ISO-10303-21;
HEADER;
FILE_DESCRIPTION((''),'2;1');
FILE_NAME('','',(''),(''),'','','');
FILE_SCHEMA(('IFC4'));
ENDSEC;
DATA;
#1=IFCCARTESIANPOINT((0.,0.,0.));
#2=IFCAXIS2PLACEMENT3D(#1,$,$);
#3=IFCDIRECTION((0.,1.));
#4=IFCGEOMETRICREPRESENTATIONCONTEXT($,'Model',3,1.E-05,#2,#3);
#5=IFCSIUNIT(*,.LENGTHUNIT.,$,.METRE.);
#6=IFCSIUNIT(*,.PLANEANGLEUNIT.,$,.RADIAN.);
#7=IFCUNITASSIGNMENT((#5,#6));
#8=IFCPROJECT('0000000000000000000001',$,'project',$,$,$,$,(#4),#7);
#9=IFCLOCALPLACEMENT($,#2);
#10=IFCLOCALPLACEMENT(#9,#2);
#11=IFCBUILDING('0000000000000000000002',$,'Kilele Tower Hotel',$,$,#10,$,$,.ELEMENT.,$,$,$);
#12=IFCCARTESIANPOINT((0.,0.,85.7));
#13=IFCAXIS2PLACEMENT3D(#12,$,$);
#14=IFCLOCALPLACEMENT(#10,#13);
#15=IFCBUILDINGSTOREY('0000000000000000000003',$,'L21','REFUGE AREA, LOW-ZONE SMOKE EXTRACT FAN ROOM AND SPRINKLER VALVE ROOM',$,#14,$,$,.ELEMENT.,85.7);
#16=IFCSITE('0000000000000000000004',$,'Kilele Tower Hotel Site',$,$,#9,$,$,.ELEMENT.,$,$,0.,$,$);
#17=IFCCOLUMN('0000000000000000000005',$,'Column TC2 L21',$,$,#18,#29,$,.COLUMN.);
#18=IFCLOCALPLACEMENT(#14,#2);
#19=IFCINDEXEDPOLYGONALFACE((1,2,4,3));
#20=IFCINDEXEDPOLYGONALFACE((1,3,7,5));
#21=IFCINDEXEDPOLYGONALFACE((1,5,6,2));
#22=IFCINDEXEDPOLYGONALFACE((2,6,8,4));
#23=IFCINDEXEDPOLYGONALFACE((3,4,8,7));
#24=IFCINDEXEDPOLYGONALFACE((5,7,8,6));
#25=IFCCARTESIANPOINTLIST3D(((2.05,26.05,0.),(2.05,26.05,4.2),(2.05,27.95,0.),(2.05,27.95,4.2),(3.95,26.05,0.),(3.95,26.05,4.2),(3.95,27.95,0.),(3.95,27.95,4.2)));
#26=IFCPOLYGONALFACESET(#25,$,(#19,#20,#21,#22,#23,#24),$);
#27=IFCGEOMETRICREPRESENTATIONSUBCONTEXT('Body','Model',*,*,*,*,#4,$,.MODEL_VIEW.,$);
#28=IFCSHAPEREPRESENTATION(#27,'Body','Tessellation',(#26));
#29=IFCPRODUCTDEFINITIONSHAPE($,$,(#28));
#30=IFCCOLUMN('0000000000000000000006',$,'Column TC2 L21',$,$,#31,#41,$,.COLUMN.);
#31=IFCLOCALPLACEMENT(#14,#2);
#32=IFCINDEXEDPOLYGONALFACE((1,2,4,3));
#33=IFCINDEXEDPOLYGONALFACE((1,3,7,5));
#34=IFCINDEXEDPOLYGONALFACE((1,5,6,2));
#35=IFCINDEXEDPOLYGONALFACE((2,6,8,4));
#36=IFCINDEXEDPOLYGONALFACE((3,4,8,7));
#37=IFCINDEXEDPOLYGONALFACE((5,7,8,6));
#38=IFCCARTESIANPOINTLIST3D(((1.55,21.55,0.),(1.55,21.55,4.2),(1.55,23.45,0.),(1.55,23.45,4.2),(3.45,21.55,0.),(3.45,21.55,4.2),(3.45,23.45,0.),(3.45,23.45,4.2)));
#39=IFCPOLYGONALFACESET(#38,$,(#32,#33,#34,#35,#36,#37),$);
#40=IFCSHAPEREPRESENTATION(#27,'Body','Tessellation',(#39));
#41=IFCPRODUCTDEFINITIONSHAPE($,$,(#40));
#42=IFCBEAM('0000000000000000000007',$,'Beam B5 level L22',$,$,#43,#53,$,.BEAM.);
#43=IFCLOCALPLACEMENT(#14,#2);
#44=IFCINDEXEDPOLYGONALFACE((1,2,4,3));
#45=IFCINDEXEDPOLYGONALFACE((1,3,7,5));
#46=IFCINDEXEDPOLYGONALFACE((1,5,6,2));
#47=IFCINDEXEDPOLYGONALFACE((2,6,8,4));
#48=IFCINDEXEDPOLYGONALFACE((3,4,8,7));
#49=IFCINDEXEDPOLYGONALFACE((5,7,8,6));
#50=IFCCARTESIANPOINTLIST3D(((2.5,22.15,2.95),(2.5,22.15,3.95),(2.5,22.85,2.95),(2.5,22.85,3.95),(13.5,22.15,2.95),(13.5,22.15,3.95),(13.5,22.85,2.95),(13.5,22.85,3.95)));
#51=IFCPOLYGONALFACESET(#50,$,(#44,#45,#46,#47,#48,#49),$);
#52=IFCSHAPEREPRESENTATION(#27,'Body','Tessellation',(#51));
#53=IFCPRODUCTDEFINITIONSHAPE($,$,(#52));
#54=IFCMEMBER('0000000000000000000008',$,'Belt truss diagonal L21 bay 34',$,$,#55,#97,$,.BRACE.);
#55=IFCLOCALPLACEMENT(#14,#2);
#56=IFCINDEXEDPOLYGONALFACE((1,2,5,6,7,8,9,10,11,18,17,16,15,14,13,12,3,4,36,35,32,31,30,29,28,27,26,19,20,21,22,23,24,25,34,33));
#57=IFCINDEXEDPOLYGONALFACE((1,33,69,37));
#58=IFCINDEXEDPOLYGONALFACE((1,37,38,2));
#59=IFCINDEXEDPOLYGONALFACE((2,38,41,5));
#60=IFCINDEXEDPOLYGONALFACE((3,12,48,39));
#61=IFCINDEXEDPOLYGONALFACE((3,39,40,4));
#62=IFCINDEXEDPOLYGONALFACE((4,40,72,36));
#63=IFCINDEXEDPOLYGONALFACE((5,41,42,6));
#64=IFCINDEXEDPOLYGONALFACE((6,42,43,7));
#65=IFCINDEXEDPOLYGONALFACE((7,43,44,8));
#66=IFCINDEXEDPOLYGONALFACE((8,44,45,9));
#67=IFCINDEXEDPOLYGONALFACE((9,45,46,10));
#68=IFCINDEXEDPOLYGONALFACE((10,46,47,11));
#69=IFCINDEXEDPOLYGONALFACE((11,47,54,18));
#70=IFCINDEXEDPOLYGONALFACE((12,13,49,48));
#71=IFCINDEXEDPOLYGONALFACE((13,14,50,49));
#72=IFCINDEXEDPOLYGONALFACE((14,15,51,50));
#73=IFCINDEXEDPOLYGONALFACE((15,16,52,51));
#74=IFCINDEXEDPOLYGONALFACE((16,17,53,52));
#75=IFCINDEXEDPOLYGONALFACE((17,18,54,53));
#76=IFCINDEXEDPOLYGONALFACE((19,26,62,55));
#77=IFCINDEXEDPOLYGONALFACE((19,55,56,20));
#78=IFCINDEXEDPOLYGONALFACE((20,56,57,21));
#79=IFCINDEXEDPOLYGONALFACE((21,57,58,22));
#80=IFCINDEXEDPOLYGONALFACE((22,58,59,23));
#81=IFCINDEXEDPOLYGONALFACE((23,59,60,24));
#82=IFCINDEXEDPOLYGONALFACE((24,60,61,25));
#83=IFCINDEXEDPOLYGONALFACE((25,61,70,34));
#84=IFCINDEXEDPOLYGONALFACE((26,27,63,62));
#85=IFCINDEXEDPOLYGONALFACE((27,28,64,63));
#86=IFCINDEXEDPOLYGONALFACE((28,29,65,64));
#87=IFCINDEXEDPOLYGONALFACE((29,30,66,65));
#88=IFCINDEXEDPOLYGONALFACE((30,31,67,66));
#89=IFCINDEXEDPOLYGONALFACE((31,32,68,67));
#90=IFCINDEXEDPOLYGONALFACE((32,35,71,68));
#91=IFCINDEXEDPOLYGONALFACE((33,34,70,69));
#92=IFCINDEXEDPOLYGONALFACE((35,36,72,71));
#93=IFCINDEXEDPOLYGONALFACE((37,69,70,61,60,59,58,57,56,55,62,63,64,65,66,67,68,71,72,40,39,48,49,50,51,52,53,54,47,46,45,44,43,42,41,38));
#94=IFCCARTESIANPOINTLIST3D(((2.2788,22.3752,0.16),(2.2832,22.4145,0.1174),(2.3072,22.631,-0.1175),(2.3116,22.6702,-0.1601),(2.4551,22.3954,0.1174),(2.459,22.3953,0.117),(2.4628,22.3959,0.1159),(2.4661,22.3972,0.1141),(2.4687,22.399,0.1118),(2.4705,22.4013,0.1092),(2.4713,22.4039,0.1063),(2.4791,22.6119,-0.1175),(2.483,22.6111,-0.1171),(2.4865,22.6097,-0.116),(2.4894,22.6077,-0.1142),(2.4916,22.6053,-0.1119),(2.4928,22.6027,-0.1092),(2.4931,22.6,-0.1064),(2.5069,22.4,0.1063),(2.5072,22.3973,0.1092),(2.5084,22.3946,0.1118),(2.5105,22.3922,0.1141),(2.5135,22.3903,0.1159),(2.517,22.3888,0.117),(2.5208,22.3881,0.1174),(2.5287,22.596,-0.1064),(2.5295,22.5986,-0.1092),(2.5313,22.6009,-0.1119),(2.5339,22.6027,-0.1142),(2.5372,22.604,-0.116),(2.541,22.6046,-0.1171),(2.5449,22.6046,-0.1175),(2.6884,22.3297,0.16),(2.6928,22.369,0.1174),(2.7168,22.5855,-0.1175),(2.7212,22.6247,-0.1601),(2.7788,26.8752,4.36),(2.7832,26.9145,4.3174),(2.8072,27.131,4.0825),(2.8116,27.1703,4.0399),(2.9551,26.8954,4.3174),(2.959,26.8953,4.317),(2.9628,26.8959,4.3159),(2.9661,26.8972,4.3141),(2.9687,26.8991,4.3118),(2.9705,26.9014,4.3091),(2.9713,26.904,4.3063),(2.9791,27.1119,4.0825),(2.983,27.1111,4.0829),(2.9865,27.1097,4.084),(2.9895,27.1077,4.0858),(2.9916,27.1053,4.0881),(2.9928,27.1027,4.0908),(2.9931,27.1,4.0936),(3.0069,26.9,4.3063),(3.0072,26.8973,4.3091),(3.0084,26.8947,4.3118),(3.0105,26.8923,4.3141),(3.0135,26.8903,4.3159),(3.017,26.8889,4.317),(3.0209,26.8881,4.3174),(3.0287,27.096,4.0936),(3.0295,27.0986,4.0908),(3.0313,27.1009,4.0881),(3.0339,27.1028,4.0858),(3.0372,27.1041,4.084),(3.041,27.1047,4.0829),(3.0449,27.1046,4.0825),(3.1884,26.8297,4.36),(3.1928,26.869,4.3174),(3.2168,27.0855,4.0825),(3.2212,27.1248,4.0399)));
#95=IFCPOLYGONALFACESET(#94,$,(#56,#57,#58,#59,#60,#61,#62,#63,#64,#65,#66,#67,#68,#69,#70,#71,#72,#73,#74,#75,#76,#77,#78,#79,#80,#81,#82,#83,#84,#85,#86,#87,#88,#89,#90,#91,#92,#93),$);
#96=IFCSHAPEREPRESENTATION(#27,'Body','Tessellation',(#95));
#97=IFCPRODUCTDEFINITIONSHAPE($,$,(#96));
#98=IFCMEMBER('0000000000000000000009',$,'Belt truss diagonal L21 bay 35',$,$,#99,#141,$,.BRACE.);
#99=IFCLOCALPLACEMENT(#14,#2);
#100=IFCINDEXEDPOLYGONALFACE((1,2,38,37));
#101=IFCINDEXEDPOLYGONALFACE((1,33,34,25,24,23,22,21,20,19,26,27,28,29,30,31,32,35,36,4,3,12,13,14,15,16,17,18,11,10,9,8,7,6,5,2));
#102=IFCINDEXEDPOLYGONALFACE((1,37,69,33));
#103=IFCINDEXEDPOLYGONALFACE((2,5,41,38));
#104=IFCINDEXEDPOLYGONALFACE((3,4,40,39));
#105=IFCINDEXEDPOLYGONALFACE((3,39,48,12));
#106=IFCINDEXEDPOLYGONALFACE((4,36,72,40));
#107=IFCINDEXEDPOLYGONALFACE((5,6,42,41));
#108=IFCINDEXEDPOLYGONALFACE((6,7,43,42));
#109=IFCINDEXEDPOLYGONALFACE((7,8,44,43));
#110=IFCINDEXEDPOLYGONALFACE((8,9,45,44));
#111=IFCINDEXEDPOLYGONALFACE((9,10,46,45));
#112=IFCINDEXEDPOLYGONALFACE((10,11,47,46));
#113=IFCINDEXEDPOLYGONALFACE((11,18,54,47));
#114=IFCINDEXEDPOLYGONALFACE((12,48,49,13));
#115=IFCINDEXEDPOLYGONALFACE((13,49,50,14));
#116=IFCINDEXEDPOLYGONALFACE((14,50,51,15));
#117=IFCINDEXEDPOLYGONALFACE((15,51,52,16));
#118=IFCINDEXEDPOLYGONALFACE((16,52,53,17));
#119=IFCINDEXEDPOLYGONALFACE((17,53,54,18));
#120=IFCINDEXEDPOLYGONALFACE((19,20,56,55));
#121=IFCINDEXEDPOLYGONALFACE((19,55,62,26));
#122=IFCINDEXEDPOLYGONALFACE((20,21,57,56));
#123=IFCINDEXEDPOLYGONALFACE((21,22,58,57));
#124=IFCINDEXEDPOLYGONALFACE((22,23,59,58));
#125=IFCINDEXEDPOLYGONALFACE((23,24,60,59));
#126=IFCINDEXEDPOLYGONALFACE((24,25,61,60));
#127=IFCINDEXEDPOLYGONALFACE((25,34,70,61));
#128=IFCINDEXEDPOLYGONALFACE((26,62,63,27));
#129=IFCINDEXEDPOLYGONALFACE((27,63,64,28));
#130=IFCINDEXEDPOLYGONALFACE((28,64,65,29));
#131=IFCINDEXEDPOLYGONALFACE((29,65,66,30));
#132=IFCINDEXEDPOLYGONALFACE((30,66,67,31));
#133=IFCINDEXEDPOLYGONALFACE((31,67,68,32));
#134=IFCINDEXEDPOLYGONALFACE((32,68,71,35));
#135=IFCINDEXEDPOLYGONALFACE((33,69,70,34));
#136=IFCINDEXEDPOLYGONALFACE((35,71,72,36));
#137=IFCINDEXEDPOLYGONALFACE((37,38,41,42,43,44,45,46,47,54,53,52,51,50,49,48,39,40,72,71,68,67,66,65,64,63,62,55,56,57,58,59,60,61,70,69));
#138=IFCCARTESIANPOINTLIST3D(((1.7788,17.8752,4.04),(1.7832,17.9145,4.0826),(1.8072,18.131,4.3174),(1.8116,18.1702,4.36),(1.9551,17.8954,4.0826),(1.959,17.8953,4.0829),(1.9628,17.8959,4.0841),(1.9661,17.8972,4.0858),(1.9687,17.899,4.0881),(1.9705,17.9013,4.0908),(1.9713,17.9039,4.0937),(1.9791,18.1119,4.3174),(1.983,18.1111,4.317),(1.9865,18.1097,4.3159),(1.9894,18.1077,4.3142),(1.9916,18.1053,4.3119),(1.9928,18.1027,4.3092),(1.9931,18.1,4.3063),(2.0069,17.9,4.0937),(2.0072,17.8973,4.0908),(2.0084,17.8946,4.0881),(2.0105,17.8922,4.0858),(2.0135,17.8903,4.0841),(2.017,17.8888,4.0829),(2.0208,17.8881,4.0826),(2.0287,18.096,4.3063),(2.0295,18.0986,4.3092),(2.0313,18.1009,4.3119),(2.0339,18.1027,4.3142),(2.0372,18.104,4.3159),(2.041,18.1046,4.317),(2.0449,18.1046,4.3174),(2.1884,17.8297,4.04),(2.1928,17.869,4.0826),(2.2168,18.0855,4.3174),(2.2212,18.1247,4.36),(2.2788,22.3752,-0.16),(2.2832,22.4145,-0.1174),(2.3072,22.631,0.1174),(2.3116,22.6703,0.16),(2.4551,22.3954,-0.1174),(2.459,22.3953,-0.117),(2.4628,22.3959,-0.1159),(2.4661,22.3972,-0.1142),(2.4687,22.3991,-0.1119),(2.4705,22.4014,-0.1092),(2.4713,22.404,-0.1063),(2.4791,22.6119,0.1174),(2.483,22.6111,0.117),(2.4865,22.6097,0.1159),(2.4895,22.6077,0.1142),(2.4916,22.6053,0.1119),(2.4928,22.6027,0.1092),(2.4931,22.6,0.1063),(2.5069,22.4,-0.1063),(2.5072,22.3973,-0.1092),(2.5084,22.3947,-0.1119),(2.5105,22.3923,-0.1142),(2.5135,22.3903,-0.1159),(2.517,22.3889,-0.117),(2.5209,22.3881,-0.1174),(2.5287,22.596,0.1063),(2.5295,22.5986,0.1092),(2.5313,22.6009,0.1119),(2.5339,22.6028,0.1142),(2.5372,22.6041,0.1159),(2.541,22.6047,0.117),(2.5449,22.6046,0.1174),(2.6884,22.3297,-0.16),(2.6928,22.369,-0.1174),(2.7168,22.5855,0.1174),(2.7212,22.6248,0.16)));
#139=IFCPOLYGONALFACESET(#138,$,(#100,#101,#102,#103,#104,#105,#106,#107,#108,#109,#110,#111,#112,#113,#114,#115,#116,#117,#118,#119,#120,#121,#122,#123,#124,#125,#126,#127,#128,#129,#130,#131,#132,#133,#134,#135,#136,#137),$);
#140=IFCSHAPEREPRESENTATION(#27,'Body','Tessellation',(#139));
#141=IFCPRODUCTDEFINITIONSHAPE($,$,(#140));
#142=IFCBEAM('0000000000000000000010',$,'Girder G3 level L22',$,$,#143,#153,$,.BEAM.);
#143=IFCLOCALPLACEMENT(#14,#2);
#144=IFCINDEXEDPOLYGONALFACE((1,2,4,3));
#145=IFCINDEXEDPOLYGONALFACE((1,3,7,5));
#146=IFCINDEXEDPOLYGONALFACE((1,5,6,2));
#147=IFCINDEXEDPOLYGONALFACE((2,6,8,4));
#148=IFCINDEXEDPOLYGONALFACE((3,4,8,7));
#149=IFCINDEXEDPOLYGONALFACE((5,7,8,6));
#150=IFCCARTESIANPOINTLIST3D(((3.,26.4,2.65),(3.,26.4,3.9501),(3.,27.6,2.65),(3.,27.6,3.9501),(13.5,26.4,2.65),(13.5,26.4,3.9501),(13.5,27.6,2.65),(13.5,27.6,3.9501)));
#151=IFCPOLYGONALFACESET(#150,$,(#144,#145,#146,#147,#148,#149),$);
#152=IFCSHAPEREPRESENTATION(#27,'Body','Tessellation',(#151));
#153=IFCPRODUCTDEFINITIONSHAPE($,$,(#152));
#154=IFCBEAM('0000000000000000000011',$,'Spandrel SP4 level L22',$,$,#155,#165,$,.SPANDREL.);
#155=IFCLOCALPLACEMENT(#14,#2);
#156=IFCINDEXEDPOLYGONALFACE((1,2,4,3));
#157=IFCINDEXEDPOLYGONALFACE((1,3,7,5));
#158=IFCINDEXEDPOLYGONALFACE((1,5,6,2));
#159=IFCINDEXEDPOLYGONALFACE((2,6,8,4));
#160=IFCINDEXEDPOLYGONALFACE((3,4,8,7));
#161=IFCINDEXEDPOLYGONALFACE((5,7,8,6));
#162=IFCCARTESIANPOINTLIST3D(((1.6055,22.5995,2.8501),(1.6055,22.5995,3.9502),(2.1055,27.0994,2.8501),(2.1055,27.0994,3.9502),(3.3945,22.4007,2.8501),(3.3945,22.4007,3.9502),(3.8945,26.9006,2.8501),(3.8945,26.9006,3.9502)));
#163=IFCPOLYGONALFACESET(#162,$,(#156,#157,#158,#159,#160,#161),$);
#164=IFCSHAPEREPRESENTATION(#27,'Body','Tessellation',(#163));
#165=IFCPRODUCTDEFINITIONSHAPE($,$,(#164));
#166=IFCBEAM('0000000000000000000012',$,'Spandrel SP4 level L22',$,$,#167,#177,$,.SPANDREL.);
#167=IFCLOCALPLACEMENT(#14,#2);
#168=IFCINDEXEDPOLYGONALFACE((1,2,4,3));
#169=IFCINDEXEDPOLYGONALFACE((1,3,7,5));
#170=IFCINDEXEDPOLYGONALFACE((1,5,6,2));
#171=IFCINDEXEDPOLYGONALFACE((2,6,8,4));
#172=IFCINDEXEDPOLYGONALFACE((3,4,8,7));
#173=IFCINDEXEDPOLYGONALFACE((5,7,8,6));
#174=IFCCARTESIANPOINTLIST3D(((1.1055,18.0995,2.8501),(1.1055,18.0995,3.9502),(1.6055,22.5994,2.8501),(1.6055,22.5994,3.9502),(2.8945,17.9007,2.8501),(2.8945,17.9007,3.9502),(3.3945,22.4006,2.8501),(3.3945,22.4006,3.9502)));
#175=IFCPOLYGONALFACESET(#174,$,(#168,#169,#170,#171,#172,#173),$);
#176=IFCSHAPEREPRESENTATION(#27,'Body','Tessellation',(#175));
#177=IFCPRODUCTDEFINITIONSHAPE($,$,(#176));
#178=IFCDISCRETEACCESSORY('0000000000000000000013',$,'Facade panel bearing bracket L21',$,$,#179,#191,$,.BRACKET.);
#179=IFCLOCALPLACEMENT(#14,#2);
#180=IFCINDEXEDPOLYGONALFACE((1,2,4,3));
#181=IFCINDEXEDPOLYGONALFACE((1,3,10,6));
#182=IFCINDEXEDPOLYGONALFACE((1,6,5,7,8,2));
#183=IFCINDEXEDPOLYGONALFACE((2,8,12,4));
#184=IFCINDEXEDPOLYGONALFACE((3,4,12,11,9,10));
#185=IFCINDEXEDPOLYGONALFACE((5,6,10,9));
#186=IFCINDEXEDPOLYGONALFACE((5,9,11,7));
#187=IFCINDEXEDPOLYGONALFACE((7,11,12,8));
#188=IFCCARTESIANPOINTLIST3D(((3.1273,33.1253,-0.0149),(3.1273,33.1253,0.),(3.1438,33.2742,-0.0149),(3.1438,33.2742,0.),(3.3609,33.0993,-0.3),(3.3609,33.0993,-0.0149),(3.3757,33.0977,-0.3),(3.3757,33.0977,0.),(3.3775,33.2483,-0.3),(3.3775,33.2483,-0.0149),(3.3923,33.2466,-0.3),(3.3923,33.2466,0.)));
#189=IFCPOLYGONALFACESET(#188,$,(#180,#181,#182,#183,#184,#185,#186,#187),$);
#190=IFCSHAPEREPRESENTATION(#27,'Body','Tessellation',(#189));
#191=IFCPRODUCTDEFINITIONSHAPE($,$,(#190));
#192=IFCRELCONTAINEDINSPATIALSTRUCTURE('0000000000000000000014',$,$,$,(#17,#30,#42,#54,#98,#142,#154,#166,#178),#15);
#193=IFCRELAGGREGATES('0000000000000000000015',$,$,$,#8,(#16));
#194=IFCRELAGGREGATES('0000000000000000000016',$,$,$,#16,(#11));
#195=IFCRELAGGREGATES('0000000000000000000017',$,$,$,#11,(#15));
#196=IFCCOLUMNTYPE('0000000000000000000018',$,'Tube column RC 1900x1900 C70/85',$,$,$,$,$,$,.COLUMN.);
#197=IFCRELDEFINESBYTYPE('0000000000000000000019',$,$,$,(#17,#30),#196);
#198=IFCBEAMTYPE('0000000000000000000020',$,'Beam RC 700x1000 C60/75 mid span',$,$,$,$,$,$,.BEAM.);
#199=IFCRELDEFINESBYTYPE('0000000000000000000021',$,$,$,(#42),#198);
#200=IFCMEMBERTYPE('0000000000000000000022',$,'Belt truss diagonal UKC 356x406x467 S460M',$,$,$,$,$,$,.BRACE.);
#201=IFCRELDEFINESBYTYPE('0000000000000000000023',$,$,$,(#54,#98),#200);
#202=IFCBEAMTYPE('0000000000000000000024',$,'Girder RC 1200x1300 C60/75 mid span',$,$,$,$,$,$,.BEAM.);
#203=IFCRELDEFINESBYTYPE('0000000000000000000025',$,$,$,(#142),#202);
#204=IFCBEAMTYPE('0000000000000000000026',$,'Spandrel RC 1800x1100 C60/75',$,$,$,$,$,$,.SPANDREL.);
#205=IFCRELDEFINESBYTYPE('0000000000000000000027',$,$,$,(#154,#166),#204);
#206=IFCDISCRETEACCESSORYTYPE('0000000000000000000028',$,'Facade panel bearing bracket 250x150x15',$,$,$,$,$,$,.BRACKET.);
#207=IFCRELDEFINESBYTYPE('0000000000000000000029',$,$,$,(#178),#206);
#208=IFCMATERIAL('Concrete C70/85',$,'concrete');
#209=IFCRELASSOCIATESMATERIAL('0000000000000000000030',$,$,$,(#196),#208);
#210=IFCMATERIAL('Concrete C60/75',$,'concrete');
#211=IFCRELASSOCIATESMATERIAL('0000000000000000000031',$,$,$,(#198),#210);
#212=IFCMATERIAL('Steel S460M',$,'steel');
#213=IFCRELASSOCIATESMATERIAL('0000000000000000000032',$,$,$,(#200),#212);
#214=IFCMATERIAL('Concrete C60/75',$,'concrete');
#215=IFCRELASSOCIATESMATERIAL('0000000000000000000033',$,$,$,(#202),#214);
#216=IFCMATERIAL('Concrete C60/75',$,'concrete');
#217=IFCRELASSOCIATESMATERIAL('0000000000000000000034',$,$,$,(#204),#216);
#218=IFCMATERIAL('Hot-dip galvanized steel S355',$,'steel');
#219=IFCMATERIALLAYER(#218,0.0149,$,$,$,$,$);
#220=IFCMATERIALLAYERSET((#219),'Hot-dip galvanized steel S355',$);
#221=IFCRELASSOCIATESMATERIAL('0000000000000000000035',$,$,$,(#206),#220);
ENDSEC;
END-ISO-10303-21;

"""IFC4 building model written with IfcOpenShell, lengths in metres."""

from ifc_helpers import new_model, si_unit, direction, frame, origin, origin_2d, place, context, subcontext, project, spatial, polyline, rectangle, i_section, outline, extrude, source, transform, mapped, material, layer, layer_set, material_profile, profile_set, type_object, element, save


model = new_model("IFC4")

# Units and contexts
model_context = context("Model", 3, precision=1e-05, world=origin(), true_north=direction((0.0, 1.0)))
body_context = subcontext(model_context, "Body", "Model", "MODEL_VIEW")
ifc_project = project(units=[si_unit("LENGTHUNIT", "METRE"), si_unit("PLANEANGLEUNIT", "RADIAN")], contexts=[model_context])

# Site, building, storey
site_placement = place(None, origin())
site = spatial("IfcSite", under=ifc_project, at=site_placement, Name="Kilele Tower Hotel Site", CompositionType="ELEMENT", RefElevation=0.0)
building_placement = place(site_placement, origin())
building = spatial("IfcBuilding", under=site, at=building_placement, Name="Kilele Tower Hotel", CompositionType="ELEMENT")
storey_placement = place(building_placement, frame((0.0, 0.0, 85.7)))
storey = spatial("IfcBuildingStorey", under=building, at=storey_placement, Name="L21", Description="REFUGE AREA, LOW-ZONE SMOKE EXTRACT FAN ROOM AND SPRINKLER VALVE ROOM", CompositionType="ELEMENT", Elevation=85.7)

# Columns
ifc_material_1 = material(Name="Concrete C70/85", Category="concrete")
ifc_material_profile_1 = material_profile(ifc_material_1, rectangle(XDim=1.8999, YDim=1.8999, at=origin_2d()))
ifc_profile_set_1 = profile_set([ifc_material_profile_1], Name="Concrete C70/85")
column_type = type_object("IfcColumnType", Name="Tube column RC 1900x1900 C70/85", PredefinedType="COLUMN", material=ifc_profile_set_1)
for number, where, z_axis, x_axis, name in (
    (1, (3.0, 27.0, 0.0), (0.0, 0.0, 1.0), (1.0, 0.0, 0.0), "Column TC2 L21"),
    (2, (2.5, 22.5, 0.0), (0.0, 0.0, 1.0), (1.0, 0.0, 0.0), "Column TC2 L21"),
):
    element("IfcColumn", number, at=place(storey_placement, frame(where, z_axis=z_axis, x_axis=x_axis)), inside=storey, type_object=column_type, Name=name, PredefinedType="COLUMN", context=body_context, shape_type="SweptSolid", body=[
        extrude(rectangle(XDim=1.8999, YDim=1.8999, at=origin_2d()), origin(), (0.0, 0.0, 1.0), 4.2),
    ])

# Beam
ifc_material_2 = material(Name="Concrete C60/75", Category="concrete")
ifc_material_profile_2 = material_profile(ifc_material_2, rectangle(XDim=0.7, YDim=1.0, at=origin_2d()))
ifc_profile_set_2 = profile_set([ifc_material_profile_2], Name="Concrete C60/75")
beam_type_1 = type_object("IfcBeamType", Name="Beam RC 700x1000 C60/75 mid span", PredefinedType="BEAM", material=ifc_profile_set_2)
beam_1_placement = place(storey_placement, frame((2.5, 22.5, 3.45), z_axis=(1.0, 0.0, 0.0), x_axis=(0.0, 1.0, 0.0)))
element("IfcBeam", 3, at=beam_1_placement, inside=storey, type_object=beam_type_1, Name="Beam B5 level L22", PredefinedType="BEAM", context=body_context, shape_type="SweptSolid", body=[
    extrude(rectangle(XDim=0.7, YDim=1.0, at=origin_2d()), origin(), (0.0, 0.0, 1.0), 11.0),
])

# Members
ifc_material_3 = material(Name="Steel S460M", Category="steel")
ifc_material_profile_3 = material_profile(ifc_material_3, i_section(OverallWidth=0.4121, OverallDepth=0.4365, WebThickness=0.0359, FlangeThickness=0.0581, FilletRadius=0.0151, at=origin_2d()))
ifc_profile_set_3 = profile_set([ifc_material_profile_3], Name="Steel S460M")
member_type = type_object("IfcMemberType", Name="Belt truss diagonal UKC 356x406x467 S460M", PredefinedType="BRACE", material=ifc_profile_set_3)
for number, where, z_axis, x_axis, name in (
    (4, (3.0, 27.0, 4.2), (-0.080962, -0.728659, -0.680074), (0.993884, -0.110432, 0.0), "Belt truss diagonal L21 bay 34"),
    (5, (2.5, 22.5, 0.0), (-0.080962, -0.728659, 0.680074), (0.993884, -0.110432, 0.0), "Belt truss diagonal L21 bay 35"),
):
    element("IfcMember", number, at=place(storey_placement, frame(where, z_axis=z_axis, x_axis=x_axis)), inside=storey, type_object=member_type, Name=name, PredefinedType="BRACE", context=body_context, shape_type="SweptSolid", body=[
        extrude(i_section(OverallWidth=0.4121, OverallDepth=0.4365, WebThickness=0.0359, FlangeThickness=0.0581, FilletRadius=0.0151, at=origin_2d()), origin(), (0.0, 0.0, 1.0), 6.1758),
    ])

# Beams
ifc_material_4 = material(Name="Concrete C60/75", Category="concrete")
ifc_material_profile_4 = material_profile(ifc_material_4, rectangle(XDim=1.2, YDim=1.3, at=origin_2d()))
ifc_profile_set_4 = profile_set([ifc_material_profile_4], Name="Concrete C60/75")
beam_type_2 = type_object("IfcBeamType", Name="Girder RC 1200x1300 C60/75 mid span", PredefinedType="BEAM", material=ifc_profile_set_4)
beam_2_placement = place(storey_placement, frame((3.0, 27.0, 3.3), z_axis=(1.0, 0.0, 0.0), x_axis=(0.0, 1.0, 0.0)))
element("IfcBeam", 6, at=beam_2_placement, inside=storey, type_object=beam_type_2, Name="Girder G3 level L22", PredefinedType="BEAM", context=body_context, shape_type="SweptSolid", body=[
    extrude(rectangle(XDim=1.2, YDim=1.3, at=origin_2d()), origin(), (0.0, 0.0, 1.0), 10.5),
])
ifc_material_5 = material(Name="Concrete C60/75", Category="concrete")
ifc_material_profile_5 = material_profile(ifc_material_5, rectangle(XDim=1.8, YDim=1.1001, at=origin_2d()))
ifc_profile_set_5 = profile_set([ifc_material_profile_5], Name="Concrete C60/75")
beam_type_3 = type_object("IfcBeamType", Name="Spandrel RC 1800x1100 C60/75", PredefinedType="SPANDREL", material=ifc_profile_set_5)
for number, where, z_axis, x_axis, name in (
    (7, (3.0, 27.0, 3.4001), (-0.110432, -0.993884, 0.0), (0.993884, -0.110432, 0.0), "Spandrel SP4 level L22"),
    (8, (2.5, 22.5, 3.4001), (-0.110432, -0.993884, 0.0), (0.993884, -0.110432, 0.0), "Spandrel SP4 level L22"),
):
    element("IfcBeam", number, at=place(storey_placement, frame(where, z_axis=z_axis, x_axis=x_axis)), inside=storey, type_object=beam_type_3, Name=name, PredefinedType="SPANDREL", context=body_context, shape_type="SweptSolid", body=[
        extrude(rectangle(XDim=1.8, YDim=1.1001, at=origin_2d()), origin(), (0.0, 0.0, 1.0), 4.5276),
    ])

# Discrete accessory
ifc_material_6 = material(Name="Hot-dip galvanized steel S355", Category="steel")
ifc_layer_1 = layer(ifc_material_6, 0.0149)
ifc_layer_set_1 = layer_set([ifc_layer_1], Name="Hot-dip galvanized steel S355")
discrete_accessory_type_1 = type_object("IfcDiscreteAccessoryType", Name="Facade panel bearing bracket 250x150x15", PredefinedType="BRACKET", material=ifc_layer_set_1)
shared_shape_1 = source(origin(), body_context, "Body", "SweptSolid", [
    extrude(outline(polyline([(0.0, 0.0), (0.25, 0.0), (0.25, -0.0149), (0.0149, -0.0149), (0.0149, -0.3), (0.0, -0.3), (0.0, 0.0)])), origin(), (0.0, 0.0, 1.0), 0.1499),
])
for number, where, z_axis, x_axis, name in (
    (9, (3.3757, 33.0977, 0.0), (0.110432, 0.993884, 0.0), (-0.993884, 0.110432, 0.0), "Facade panel bearing bracket L21"),
):
    element("IfcDiscreteAccessory", number, at=place(storey_placement, frame(where, z_axis=z_axis, x_axis=x_axis)), inside=storey, type_object=discrete_accessory_type_1, Name=name, PredefinedType="BRACKET", context=body_context, shape_type="MappedRepresentation", body=[
        mapped(shared_shape_1, transform((0.0, 0.0, 0.0))),
    ])

save(model, "model.ifc")
